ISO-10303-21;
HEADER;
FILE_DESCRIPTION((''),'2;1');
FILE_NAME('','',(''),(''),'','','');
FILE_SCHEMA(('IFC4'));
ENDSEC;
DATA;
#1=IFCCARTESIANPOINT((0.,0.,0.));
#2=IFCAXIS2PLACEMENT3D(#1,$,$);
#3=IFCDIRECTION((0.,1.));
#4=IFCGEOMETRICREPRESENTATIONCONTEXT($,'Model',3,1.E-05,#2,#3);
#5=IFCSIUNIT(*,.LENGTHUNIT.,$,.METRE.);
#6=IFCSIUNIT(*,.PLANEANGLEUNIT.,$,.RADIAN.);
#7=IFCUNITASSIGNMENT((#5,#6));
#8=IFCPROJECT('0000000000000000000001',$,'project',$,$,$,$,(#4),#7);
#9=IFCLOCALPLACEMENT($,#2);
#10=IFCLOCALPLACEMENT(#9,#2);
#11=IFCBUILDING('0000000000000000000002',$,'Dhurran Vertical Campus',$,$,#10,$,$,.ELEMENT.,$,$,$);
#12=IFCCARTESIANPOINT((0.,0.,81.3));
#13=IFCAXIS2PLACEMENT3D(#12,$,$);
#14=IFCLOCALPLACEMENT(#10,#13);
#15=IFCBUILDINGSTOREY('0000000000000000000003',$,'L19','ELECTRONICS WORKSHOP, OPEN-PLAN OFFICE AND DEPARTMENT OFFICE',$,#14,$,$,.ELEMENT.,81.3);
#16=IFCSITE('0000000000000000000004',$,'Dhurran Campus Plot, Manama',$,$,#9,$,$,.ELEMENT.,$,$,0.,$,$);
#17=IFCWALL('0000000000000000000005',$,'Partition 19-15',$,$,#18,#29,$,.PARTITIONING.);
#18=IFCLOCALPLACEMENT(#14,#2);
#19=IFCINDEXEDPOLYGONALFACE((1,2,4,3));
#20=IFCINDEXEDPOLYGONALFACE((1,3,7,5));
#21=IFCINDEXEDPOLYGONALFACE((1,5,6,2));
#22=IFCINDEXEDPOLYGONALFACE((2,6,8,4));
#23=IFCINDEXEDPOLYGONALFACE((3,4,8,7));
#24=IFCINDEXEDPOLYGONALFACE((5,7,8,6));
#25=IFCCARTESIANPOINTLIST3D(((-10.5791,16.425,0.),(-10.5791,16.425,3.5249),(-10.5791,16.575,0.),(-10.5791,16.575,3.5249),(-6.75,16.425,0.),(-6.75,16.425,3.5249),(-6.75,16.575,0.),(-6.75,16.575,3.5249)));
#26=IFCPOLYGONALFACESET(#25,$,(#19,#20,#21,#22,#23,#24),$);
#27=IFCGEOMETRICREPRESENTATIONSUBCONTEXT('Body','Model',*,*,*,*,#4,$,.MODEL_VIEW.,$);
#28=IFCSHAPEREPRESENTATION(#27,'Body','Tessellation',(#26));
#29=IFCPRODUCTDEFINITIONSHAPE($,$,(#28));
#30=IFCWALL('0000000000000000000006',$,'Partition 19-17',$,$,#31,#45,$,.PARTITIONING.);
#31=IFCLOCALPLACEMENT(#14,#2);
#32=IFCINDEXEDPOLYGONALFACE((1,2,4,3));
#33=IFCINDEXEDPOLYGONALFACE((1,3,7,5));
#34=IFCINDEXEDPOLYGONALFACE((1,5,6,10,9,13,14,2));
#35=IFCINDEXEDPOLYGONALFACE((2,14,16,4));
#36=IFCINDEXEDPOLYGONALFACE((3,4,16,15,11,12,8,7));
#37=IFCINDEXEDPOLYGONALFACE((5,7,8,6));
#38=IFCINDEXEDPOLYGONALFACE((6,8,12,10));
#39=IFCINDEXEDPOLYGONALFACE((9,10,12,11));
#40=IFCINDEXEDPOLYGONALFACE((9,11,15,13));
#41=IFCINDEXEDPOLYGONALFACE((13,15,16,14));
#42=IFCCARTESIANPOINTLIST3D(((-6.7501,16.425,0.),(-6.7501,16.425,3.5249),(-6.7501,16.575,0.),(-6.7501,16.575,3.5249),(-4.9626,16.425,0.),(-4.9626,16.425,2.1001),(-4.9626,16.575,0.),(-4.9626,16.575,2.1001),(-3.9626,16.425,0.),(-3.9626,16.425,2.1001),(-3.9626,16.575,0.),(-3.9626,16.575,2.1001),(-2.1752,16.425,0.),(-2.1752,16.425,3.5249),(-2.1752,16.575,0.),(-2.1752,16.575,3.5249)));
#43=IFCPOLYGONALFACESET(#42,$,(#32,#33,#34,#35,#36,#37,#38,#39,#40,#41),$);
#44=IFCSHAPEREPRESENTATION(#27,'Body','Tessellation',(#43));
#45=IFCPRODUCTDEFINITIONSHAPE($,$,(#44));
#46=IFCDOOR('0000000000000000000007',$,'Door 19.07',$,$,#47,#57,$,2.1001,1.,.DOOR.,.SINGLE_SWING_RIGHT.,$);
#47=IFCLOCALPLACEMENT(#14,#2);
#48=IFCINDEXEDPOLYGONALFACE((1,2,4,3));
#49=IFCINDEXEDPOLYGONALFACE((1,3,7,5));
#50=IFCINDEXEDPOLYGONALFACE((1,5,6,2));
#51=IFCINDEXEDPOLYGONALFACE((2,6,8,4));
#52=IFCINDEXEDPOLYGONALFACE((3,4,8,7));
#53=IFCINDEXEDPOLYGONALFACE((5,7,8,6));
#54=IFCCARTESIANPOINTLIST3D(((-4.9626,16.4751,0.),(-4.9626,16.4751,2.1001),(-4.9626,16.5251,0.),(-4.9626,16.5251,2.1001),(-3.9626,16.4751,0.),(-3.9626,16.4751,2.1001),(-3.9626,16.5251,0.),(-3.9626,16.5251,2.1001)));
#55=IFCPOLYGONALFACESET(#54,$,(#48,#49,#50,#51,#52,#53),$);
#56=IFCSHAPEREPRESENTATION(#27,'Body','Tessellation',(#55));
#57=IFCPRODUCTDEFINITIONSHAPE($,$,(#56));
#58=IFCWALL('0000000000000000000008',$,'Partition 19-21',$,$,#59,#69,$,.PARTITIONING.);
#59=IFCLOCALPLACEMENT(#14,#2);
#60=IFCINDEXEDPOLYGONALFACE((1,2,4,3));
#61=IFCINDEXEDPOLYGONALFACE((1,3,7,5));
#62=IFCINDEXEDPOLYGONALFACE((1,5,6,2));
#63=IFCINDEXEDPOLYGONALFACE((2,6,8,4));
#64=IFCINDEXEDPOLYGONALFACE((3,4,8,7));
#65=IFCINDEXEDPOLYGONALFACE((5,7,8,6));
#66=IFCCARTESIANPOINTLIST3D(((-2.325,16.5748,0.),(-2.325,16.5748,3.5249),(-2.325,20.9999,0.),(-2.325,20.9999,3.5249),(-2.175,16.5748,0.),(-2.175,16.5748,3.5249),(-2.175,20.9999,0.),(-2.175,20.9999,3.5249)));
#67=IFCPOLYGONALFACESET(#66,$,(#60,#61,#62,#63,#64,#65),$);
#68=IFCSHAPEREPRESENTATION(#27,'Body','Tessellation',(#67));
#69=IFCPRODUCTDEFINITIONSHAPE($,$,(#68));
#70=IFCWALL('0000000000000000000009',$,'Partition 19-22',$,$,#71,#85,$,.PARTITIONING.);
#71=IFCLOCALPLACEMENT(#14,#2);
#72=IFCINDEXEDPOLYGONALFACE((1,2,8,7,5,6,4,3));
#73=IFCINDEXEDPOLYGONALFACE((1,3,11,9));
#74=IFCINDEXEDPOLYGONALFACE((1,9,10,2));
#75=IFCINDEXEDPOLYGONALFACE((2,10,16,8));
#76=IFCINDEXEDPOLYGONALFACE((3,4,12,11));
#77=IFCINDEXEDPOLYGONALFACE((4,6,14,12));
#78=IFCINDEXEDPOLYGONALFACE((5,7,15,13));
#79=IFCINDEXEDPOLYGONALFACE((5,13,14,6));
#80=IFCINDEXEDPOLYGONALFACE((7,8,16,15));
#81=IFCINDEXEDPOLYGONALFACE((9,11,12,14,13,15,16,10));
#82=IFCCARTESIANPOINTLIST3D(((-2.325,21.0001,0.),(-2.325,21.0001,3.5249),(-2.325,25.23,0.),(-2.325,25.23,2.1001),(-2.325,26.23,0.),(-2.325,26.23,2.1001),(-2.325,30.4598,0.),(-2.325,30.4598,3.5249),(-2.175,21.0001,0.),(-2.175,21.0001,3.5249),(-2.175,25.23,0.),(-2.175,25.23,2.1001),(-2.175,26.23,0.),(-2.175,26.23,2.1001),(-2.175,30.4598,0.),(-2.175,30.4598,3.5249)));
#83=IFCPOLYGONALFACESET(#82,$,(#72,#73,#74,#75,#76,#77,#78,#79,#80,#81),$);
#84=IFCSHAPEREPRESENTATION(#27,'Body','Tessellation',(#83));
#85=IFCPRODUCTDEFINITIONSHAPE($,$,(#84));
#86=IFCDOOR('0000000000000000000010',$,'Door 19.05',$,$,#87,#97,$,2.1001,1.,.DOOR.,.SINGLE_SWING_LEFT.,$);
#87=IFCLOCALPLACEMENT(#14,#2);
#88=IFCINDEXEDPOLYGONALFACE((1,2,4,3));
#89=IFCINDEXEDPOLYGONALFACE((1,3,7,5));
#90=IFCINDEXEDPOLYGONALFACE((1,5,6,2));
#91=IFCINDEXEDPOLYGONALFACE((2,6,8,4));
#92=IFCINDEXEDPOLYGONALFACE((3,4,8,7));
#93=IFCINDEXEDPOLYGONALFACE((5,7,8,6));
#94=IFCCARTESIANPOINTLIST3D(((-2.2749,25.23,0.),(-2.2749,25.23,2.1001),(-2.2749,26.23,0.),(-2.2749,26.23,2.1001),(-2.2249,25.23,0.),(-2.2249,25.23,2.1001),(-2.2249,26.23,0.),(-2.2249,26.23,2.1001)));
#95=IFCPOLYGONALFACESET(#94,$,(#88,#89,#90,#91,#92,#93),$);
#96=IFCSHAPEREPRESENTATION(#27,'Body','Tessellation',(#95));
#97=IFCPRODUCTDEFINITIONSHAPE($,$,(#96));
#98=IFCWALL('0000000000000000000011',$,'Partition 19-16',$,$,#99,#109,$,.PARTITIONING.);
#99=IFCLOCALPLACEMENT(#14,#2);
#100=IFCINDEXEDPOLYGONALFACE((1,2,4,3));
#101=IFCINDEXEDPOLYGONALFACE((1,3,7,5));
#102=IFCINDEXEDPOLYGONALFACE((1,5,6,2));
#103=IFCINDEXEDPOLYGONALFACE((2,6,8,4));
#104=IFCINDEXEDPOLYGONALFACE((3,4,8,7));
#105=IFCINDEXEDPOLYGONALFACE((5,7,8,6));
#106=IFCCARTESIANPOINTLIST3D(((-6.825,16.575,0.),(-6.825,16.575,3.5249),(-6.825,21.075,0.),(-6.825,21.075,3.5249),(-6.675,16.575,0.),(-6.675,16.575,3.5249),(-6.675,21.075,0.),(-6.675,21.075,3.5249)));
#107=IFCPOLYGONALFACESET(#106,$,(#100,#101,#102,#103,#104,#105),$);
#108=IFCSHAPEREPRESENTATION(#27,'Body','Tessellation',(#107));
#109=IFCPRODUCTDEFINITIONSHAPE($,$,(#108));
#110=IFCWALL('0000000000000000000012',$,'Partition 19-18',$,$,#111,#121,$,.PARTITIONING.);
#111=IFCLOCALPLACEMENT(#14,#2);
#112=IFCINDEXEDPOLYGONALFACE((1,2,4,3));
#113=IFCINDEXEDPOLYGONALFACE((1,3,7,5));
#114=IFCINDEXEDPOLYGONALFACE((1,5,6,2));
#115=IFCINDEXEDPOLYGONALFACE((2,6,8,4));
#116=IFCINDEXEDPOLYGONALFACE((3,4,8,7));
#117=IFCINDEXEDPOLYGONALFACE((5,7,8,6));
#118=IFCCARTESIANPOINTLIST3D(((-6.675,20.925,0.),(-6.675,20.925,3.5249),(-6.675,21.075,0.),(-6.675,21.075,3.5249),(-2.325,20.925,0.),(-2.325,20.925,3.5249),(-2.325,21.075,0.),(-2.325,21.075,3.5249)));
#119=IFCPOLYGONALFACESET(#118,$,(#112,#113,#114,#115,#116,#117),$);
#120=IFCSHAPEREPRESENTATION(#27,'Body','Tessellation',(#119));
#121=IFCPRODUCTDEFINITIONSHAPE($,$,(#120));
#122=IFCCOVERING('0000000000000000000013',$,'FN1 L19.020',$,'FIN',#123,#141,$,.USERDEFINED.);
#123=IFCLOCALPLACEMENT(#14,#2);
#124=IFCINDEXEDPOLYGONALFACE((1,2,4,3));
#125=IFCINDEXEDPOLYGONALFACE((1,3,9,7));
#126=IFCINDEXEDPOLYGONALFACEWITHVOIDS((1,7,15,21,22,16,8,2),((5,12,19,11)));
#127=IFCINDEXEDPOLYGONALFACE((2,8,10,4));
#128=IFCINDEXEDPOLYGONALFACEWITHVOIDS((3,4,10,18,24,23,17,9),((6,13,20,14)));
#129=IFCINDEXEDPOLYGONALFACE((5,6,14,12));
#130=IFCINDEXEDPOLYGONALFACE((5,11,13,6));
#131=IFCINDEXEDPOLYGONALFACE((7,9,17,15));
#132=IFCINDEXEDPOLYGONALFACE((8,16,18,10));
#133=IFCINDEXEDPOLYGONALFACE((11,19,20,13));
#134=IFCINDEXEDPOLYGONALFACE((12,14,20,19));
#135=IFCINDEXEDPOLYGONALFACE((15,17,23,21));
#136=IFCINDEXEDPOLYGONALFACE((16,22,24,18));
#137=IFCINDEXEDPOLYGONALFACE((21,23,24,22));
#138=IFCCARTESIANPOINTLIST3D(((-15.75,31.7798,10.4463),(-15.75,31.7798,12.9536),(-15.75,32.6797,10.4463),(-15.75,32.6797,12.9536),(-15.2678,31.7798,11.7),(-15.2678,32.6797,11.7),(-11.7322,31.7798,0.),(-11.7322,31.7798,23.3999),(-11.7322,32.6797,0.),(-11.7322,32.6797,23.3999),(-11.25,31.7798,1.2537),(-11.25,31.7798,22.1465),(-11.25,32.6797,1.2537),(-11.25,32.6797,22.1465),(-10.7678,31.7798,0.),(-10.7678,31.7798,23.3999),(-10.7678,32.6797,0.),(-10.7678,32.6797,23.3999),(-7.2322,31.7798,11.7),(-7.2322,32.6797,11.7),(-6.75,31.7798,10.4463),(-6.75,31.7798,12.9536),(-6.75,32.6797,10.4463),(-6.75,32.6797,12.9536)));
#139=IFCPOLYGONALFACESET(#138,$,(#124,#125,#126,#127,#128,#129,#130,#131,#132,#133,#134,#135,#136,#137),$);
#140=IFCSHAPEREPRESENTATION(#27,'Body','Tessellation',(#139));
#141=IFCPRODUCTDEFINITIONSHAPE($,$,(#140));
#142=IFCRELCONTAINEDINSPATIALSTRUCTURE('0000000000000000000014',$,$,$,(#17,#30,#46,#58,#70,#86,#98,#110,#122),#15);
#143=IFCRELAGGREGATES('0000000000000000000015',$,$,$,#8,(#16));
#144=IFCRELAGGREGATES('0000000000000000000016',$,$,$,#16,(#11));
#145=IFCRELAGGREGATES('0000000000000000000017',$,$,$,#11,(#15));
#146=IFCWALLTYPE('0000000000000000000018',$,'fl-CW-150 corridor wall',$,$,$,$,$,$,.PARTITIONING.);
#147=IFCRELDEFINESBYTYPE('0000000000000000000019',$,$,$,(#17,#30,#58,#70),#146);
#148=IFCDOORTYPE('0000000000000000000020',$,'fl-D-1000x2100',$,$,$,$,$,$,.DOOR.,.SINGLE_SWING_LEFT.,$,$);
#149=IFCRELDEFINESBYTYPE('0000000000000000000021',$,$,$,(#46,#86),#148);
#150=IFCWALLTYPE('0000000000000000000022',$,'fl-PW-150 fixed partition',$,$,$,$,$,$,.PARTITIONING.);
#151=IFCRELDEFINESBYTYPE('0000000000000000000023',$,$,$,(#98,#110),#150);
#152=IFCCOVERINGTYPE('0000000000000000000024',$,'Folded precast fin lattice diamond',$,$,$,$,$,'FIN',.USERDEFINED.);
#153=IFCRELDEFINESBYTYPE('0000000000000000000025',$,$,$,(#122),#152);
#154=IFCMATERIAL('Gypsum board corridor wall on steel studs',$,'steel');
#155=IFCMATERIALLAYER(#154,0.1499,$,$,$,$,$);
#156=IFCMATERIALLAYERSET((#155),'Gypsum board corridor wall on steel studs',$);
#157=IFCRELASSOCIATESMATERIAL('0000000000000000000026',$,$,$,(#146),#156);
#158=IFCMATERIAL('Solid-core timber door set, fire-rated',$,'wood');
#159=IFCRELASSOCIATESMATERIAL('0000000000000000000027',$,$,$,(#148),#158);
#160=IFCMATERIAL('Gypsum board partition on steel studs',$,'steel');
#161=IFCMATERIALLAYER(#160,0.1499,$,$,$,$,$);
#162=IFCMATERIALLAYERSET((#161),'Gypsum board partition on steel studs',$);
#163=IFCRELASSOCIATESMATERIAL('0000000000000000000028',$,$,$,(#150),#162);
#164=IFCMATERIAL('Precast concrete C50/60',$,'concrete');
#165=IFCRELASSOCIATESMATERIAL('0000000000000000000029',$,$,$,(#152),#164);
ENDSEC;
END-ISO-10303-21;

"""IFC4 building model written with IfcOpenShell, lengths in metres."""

from ifc_helpers import new_model, si_unit, direction, frame, frame_2d, origin, place, context, subcontext, project, spatial, polyline, rectangle, outline, extrude, material, layer, layer_set, type_object, element, fill, save


model = new_model("IFC4")

# Units and contexts
model_context = context("Model", 3, precision=1e-05, world=origin(), true_north=direction((0.0, 1.0)))
body_context = subcontext(model_context, "Body", "Model", "MODEL_VIEW")
ifc_project = project(units=[si_unit("LENGTHUNIT", "METRE"), si_unit("PLANEANGLEUNIT", "RADIAN")], contexts=[model_context])

# Site, building, storey
site_placement = place(None, origin())
site = spatial("IfcSite", under=ifc_project, at=site_placement, Name="Dhurran Campus Plot, Manama", CompositionType="ELEMENT", RefElevation=0.0)
building_placement = place(site_placement, origin())
building = spatial("IfcBuilding", under=site, at=building_placement, Name="Dhurran Vertical Campus", CompositionType="ELEMENT")
storey_placement = place(building_placement, frame((0.0, 0.0, 81.3)))
storey = spatial("IfcBuildingStorey", under=building, at=storey_placement, Name="L19", Description="ELECTRONICS WORKSHOP, OPEN-PLAN OFFICE AND DEPARTMENT OFFICE", CompositionType="ELEMENT", Elevation=81.3)

# Wall
ifc_material_1 = material(Name="Gypsum board corridor wall on steel studs", Category="steel")
ifc_layer_1 = layer(ifc_material_1, 0.1499)
ifc_layer_set_1 = layer_set([ifc_layer_1], Name="Gypsum board corridor wall on steel studs")
wall_type_1 = type_object("IfcWallType", Name="fl-CW-150 corridor wall", PredefinedType="PARTITIONING", material=ifc_layer_set_1)
wall_1_placement = place(storey_placement, frame((-6.75, 16.5, 0.0), z_axis=(0.0, 0.0, 1.0), x_axis=(-1.0, 0.0, 0.0)))
element("IfcWall", 1, at=wall_1_placement, inside=storey, type_object=wall_type_1, Name="Partition 19-15", PredefinedType="PARTITIONING", context=body_context, shape_type="SweptSolid", body=[
    extrude(rectangle(XDim=3.8291, YDim=0.1499, at=frame_2d((1.9146, 0.0))), origin(), (0.0, 0.0, 1.0), 3.5249),
])

# Wall, opening, door
wall_2_placement = place(storey_placement, frame((-2.175, 16.5, 0.0), z_axis=(0.0, 0.0, 1.0), x_axis=(-1.0, 0.0, 0.0)))
wall_2 = element("IfcWall", 2, at=wall_2_placement, inside=storey, type_object=wall_type_1, Name="Partition 19-17", PredefinedType="PARTITIONING", context=body_context, shape_type="SweptSolid", body=[
    extrude(rectangle(XDim=4.575, YDim=0.1499, at=frame_2d((2.2876, 0.0))), origin(), (0.0, 0.0, 1.0), 3.5249),
])
opening_1_placement = place(wall_2_placement, frame((1.7876, 0.0, 0.0)))
opening_1 = element("IfcOpeningElement", 3, at=opening_1_placement, cuts=wall_2, PredefinedType="OPENING", context=body_context, shape_type="SweptSolid", body=[
    extrude(rectangle(XDim=1.0, YDim=2.1001, at=frame_2d((0.5, 1.05))), frame((0.0, 0.085, 0.0), z_axis=(0.0, -1.0, 0.0), x_axis=(1.0, 0.0, 0.0)), (0.0, 0.0, 1.0), 0.1699),
])
ifc_material_2 = material(Name="Solid-core timber door set, fire-rated", Category="wood")
door_type_1 = type_object("IfcDoorType", Name="fl-D-1000x2100", OperationType="SINGLE_SWING_LEFT", PredefinedType="DOOR", material=ifc_material_2)
door_1_placement = place(opening_1_placement, origin())
door_1 = element("IfcDoor", 4, at=door_1_placement, inside=storey, type_object=door_type_1, Name="Door 19.07", OperationType="SINGLE_SWING_RIGHT", OverallHeight=2.1001, OverallWidth=1.0, PredefinedType="DOOR", context=body_context, shape_type="SweptSolid", body=[
    extrude(rectangle(XDim=1.0, YDim=2.1001, at=frame_2d((0.5, 1.05))), frame((0.0, 0.0249, 0.0), z_axis=(0.0, -1.0, 0.0), x_axis=(1.0, 0.0, 0.0)), (0.0, 0.0, 1.0), 0.05),
])
fill(opening_1, door_1)

# Wall
wall_3_placement = place(storey_placement, frame((-2.25, 16.575, 0.0), z_axis=(0.0, 0.0, 1.0), x_axis=(0.0, 1.0, 0.0)))
element("IfcWall", 5, at=wall_3_placement, inside=storey, type_object=wall_type_1, Name="Partition 19-21", PredefinedType="PARTITIONING", context=body_context, shape_type="SweptSolid", body=[
    extrude(rectangle(XDim=4.425, YDim=0.1499, at=frame_2d((2.2124, 0.0))), origin(), (0.0, 0.0, 1.0), 3.5249),
])

# Wall, opening, door
wall_4_placement = place(storey_placement, frame((-2.25, 21.0, 0.0), z_axis=(0.0, 0.0, 1.0), x_axis=(0.0, 1.0, 0.0)))
wall_4 = element("IfcWall", 6, at=wall_4_placement, inside=storey, type_object=wall_type_1, Name="Partition 19-22", PredefinedType="PARTITIONING", context=body_context, shape_type="SweptSolid", body=[
    extrude(rectangle(XDim=9.4597, YDim=0.1499, at=frame_2d((4.73, 0.0))), origin(), (0.0, 0.0, 1.0), 3.5249),
])
opening_2_placement = place(wall_4_placement, frame((4.23, 0.0, 0.0)))
opening_2 = element("IfcOpeningElement", 7, at=opening_2_placement, cuts=wall_4, PredefinedType="OPENING", context=body_context, shape_type="SweptSolid", body=[
    extrude(rectangle(XDim=1.0, YDim=2.1001, at=frame_2d((0.5, 1.05))), frame((0.0, 0.085, 0.0), z_axis=(0.0, -1.0, 0.0), x_axis=(1.0, 0.0, 0.0)), (0.0, 0.0, 1.0), 0.1699),
])
door_2_placement = place(opening_2_placement, origin())
door_2 = element("IfcDoor", 8, at=door_2_placement, inside=storey, type_object=door_type_1, Name="Door 19.05", OperationType="SINGLE_SWING_LEFT", OverallHeight=2.1001, OverallWidth=1.0, PredefinedType="DOOR", context=body_context, shape_type="SweptSolid", body=[
    extrude(rectangle(XDim=1.0, YDim=2.1001, at=frame_2d((0.5, 1.05))), frame((0.0, 0.0249, 0.0), z_axis=(0.0, -1.0, 0.0), x_axis=(1.0, 0.0, 0.0)), (0.0, 0.0, 1.0), 0.05),
])
fill(opening_2, door_2)

# Walls
ifc_material_3 = material(Name="Gypsum board partition on steel studs", Category="steel")
ifc_layer_2 = layer(ifc_material_3, 0.1499)
ifc_layer_set_2 = layer_set([ifc_layer_2], Name="Gypsum board partition on steel studs")
wall_type_2 = type_object("IfcWallType", Name="fl-PW-150 fixed partition", PredefinedType="PARTITIONING", material=ifc_layer_set_2)
wall_5_placement = place(storey_placement, frame((-6.75, 21.075, 0.0), z_axis=(0.0, 0.0, 1.0), x_axis=(0.0, -1.0, 0.0)))
element("IfcWall", 9, at=wall_5_placement, inside=storey, type_object=wall_type_2, Name="Partition 19-16", PredefinedType="PARTITIONING", context=body_context, shape_type="SweptSolid", body=[
    extrude(rectangle(XDim=4.5, YDim=0.1499, at=frame_2d((2.25, 0.0))), origin(), (0.0, 0.0, 1.0), 3.5249),
])
wall_6_placement = place(storey_placement, frame((-2.325, 21.0, 0.0), z_axis=(0.0, 0.0, 1.0), x_axis=(-1.0, 0.0, 0.0)))
element("IfcWall", 10, at=wall_6_placement, inside=storey, type_object=wall_type_2, Name="Partition 19-18", PredefinedType="PARTITIONING", context=body_context, shape_type="SweptSolid", body=[
    extrude(rectangle(XDim=4.3501, YDim=0.1499, at=frame_2d((2.175, 0.0))), origin(), (0.0, 0.0, 1.0), 3.5249),
])

# Covering
ifc_material_4 = material(Name="Precast concrete C50/60", Category="concrete")
covering_type = type_object("IfcCoveringType", Name="Folded precast fin lattice diamond", ElementType="FIN", PredefinedType="USERDEFINED", material=ifc_material_4)
covering_placement = place(storey_placement, frame((-6.75, 31.7798, 0.0), z_axis=(0.0, 1.0, 0.0), x_axis=(-1.0, 0.0, 0.0)))
element("IfcCovering", 11, at=covering_placement, inside=storey, type_object=covering_type, Name="FN1 L19.020", ObjectType="FIN", PredefinedType="USERDEFINED", context=body_context, shape_type="SweptSolid", body=[
    extrude(outline(polyline([(9.0, 12.9536), (9.0, 10.4463), (4.9822, 0.0), (4.0178, 0.0), (0.0, 10.4463), (0.0, 12.9536), (4.0178, 23.3999), (4.9822, 23.3999), (9.0, 12.9536)]), holes=[polyline([(8.5178, 11.7), (4.5, 22.1465), (0.4822, 11.7), (4.5, 1.2537), (8.5178, 11.7)])]), origin(), (0.0, 0.0, 1.0), 0.8999),
])

save(model, "model.ifc")
